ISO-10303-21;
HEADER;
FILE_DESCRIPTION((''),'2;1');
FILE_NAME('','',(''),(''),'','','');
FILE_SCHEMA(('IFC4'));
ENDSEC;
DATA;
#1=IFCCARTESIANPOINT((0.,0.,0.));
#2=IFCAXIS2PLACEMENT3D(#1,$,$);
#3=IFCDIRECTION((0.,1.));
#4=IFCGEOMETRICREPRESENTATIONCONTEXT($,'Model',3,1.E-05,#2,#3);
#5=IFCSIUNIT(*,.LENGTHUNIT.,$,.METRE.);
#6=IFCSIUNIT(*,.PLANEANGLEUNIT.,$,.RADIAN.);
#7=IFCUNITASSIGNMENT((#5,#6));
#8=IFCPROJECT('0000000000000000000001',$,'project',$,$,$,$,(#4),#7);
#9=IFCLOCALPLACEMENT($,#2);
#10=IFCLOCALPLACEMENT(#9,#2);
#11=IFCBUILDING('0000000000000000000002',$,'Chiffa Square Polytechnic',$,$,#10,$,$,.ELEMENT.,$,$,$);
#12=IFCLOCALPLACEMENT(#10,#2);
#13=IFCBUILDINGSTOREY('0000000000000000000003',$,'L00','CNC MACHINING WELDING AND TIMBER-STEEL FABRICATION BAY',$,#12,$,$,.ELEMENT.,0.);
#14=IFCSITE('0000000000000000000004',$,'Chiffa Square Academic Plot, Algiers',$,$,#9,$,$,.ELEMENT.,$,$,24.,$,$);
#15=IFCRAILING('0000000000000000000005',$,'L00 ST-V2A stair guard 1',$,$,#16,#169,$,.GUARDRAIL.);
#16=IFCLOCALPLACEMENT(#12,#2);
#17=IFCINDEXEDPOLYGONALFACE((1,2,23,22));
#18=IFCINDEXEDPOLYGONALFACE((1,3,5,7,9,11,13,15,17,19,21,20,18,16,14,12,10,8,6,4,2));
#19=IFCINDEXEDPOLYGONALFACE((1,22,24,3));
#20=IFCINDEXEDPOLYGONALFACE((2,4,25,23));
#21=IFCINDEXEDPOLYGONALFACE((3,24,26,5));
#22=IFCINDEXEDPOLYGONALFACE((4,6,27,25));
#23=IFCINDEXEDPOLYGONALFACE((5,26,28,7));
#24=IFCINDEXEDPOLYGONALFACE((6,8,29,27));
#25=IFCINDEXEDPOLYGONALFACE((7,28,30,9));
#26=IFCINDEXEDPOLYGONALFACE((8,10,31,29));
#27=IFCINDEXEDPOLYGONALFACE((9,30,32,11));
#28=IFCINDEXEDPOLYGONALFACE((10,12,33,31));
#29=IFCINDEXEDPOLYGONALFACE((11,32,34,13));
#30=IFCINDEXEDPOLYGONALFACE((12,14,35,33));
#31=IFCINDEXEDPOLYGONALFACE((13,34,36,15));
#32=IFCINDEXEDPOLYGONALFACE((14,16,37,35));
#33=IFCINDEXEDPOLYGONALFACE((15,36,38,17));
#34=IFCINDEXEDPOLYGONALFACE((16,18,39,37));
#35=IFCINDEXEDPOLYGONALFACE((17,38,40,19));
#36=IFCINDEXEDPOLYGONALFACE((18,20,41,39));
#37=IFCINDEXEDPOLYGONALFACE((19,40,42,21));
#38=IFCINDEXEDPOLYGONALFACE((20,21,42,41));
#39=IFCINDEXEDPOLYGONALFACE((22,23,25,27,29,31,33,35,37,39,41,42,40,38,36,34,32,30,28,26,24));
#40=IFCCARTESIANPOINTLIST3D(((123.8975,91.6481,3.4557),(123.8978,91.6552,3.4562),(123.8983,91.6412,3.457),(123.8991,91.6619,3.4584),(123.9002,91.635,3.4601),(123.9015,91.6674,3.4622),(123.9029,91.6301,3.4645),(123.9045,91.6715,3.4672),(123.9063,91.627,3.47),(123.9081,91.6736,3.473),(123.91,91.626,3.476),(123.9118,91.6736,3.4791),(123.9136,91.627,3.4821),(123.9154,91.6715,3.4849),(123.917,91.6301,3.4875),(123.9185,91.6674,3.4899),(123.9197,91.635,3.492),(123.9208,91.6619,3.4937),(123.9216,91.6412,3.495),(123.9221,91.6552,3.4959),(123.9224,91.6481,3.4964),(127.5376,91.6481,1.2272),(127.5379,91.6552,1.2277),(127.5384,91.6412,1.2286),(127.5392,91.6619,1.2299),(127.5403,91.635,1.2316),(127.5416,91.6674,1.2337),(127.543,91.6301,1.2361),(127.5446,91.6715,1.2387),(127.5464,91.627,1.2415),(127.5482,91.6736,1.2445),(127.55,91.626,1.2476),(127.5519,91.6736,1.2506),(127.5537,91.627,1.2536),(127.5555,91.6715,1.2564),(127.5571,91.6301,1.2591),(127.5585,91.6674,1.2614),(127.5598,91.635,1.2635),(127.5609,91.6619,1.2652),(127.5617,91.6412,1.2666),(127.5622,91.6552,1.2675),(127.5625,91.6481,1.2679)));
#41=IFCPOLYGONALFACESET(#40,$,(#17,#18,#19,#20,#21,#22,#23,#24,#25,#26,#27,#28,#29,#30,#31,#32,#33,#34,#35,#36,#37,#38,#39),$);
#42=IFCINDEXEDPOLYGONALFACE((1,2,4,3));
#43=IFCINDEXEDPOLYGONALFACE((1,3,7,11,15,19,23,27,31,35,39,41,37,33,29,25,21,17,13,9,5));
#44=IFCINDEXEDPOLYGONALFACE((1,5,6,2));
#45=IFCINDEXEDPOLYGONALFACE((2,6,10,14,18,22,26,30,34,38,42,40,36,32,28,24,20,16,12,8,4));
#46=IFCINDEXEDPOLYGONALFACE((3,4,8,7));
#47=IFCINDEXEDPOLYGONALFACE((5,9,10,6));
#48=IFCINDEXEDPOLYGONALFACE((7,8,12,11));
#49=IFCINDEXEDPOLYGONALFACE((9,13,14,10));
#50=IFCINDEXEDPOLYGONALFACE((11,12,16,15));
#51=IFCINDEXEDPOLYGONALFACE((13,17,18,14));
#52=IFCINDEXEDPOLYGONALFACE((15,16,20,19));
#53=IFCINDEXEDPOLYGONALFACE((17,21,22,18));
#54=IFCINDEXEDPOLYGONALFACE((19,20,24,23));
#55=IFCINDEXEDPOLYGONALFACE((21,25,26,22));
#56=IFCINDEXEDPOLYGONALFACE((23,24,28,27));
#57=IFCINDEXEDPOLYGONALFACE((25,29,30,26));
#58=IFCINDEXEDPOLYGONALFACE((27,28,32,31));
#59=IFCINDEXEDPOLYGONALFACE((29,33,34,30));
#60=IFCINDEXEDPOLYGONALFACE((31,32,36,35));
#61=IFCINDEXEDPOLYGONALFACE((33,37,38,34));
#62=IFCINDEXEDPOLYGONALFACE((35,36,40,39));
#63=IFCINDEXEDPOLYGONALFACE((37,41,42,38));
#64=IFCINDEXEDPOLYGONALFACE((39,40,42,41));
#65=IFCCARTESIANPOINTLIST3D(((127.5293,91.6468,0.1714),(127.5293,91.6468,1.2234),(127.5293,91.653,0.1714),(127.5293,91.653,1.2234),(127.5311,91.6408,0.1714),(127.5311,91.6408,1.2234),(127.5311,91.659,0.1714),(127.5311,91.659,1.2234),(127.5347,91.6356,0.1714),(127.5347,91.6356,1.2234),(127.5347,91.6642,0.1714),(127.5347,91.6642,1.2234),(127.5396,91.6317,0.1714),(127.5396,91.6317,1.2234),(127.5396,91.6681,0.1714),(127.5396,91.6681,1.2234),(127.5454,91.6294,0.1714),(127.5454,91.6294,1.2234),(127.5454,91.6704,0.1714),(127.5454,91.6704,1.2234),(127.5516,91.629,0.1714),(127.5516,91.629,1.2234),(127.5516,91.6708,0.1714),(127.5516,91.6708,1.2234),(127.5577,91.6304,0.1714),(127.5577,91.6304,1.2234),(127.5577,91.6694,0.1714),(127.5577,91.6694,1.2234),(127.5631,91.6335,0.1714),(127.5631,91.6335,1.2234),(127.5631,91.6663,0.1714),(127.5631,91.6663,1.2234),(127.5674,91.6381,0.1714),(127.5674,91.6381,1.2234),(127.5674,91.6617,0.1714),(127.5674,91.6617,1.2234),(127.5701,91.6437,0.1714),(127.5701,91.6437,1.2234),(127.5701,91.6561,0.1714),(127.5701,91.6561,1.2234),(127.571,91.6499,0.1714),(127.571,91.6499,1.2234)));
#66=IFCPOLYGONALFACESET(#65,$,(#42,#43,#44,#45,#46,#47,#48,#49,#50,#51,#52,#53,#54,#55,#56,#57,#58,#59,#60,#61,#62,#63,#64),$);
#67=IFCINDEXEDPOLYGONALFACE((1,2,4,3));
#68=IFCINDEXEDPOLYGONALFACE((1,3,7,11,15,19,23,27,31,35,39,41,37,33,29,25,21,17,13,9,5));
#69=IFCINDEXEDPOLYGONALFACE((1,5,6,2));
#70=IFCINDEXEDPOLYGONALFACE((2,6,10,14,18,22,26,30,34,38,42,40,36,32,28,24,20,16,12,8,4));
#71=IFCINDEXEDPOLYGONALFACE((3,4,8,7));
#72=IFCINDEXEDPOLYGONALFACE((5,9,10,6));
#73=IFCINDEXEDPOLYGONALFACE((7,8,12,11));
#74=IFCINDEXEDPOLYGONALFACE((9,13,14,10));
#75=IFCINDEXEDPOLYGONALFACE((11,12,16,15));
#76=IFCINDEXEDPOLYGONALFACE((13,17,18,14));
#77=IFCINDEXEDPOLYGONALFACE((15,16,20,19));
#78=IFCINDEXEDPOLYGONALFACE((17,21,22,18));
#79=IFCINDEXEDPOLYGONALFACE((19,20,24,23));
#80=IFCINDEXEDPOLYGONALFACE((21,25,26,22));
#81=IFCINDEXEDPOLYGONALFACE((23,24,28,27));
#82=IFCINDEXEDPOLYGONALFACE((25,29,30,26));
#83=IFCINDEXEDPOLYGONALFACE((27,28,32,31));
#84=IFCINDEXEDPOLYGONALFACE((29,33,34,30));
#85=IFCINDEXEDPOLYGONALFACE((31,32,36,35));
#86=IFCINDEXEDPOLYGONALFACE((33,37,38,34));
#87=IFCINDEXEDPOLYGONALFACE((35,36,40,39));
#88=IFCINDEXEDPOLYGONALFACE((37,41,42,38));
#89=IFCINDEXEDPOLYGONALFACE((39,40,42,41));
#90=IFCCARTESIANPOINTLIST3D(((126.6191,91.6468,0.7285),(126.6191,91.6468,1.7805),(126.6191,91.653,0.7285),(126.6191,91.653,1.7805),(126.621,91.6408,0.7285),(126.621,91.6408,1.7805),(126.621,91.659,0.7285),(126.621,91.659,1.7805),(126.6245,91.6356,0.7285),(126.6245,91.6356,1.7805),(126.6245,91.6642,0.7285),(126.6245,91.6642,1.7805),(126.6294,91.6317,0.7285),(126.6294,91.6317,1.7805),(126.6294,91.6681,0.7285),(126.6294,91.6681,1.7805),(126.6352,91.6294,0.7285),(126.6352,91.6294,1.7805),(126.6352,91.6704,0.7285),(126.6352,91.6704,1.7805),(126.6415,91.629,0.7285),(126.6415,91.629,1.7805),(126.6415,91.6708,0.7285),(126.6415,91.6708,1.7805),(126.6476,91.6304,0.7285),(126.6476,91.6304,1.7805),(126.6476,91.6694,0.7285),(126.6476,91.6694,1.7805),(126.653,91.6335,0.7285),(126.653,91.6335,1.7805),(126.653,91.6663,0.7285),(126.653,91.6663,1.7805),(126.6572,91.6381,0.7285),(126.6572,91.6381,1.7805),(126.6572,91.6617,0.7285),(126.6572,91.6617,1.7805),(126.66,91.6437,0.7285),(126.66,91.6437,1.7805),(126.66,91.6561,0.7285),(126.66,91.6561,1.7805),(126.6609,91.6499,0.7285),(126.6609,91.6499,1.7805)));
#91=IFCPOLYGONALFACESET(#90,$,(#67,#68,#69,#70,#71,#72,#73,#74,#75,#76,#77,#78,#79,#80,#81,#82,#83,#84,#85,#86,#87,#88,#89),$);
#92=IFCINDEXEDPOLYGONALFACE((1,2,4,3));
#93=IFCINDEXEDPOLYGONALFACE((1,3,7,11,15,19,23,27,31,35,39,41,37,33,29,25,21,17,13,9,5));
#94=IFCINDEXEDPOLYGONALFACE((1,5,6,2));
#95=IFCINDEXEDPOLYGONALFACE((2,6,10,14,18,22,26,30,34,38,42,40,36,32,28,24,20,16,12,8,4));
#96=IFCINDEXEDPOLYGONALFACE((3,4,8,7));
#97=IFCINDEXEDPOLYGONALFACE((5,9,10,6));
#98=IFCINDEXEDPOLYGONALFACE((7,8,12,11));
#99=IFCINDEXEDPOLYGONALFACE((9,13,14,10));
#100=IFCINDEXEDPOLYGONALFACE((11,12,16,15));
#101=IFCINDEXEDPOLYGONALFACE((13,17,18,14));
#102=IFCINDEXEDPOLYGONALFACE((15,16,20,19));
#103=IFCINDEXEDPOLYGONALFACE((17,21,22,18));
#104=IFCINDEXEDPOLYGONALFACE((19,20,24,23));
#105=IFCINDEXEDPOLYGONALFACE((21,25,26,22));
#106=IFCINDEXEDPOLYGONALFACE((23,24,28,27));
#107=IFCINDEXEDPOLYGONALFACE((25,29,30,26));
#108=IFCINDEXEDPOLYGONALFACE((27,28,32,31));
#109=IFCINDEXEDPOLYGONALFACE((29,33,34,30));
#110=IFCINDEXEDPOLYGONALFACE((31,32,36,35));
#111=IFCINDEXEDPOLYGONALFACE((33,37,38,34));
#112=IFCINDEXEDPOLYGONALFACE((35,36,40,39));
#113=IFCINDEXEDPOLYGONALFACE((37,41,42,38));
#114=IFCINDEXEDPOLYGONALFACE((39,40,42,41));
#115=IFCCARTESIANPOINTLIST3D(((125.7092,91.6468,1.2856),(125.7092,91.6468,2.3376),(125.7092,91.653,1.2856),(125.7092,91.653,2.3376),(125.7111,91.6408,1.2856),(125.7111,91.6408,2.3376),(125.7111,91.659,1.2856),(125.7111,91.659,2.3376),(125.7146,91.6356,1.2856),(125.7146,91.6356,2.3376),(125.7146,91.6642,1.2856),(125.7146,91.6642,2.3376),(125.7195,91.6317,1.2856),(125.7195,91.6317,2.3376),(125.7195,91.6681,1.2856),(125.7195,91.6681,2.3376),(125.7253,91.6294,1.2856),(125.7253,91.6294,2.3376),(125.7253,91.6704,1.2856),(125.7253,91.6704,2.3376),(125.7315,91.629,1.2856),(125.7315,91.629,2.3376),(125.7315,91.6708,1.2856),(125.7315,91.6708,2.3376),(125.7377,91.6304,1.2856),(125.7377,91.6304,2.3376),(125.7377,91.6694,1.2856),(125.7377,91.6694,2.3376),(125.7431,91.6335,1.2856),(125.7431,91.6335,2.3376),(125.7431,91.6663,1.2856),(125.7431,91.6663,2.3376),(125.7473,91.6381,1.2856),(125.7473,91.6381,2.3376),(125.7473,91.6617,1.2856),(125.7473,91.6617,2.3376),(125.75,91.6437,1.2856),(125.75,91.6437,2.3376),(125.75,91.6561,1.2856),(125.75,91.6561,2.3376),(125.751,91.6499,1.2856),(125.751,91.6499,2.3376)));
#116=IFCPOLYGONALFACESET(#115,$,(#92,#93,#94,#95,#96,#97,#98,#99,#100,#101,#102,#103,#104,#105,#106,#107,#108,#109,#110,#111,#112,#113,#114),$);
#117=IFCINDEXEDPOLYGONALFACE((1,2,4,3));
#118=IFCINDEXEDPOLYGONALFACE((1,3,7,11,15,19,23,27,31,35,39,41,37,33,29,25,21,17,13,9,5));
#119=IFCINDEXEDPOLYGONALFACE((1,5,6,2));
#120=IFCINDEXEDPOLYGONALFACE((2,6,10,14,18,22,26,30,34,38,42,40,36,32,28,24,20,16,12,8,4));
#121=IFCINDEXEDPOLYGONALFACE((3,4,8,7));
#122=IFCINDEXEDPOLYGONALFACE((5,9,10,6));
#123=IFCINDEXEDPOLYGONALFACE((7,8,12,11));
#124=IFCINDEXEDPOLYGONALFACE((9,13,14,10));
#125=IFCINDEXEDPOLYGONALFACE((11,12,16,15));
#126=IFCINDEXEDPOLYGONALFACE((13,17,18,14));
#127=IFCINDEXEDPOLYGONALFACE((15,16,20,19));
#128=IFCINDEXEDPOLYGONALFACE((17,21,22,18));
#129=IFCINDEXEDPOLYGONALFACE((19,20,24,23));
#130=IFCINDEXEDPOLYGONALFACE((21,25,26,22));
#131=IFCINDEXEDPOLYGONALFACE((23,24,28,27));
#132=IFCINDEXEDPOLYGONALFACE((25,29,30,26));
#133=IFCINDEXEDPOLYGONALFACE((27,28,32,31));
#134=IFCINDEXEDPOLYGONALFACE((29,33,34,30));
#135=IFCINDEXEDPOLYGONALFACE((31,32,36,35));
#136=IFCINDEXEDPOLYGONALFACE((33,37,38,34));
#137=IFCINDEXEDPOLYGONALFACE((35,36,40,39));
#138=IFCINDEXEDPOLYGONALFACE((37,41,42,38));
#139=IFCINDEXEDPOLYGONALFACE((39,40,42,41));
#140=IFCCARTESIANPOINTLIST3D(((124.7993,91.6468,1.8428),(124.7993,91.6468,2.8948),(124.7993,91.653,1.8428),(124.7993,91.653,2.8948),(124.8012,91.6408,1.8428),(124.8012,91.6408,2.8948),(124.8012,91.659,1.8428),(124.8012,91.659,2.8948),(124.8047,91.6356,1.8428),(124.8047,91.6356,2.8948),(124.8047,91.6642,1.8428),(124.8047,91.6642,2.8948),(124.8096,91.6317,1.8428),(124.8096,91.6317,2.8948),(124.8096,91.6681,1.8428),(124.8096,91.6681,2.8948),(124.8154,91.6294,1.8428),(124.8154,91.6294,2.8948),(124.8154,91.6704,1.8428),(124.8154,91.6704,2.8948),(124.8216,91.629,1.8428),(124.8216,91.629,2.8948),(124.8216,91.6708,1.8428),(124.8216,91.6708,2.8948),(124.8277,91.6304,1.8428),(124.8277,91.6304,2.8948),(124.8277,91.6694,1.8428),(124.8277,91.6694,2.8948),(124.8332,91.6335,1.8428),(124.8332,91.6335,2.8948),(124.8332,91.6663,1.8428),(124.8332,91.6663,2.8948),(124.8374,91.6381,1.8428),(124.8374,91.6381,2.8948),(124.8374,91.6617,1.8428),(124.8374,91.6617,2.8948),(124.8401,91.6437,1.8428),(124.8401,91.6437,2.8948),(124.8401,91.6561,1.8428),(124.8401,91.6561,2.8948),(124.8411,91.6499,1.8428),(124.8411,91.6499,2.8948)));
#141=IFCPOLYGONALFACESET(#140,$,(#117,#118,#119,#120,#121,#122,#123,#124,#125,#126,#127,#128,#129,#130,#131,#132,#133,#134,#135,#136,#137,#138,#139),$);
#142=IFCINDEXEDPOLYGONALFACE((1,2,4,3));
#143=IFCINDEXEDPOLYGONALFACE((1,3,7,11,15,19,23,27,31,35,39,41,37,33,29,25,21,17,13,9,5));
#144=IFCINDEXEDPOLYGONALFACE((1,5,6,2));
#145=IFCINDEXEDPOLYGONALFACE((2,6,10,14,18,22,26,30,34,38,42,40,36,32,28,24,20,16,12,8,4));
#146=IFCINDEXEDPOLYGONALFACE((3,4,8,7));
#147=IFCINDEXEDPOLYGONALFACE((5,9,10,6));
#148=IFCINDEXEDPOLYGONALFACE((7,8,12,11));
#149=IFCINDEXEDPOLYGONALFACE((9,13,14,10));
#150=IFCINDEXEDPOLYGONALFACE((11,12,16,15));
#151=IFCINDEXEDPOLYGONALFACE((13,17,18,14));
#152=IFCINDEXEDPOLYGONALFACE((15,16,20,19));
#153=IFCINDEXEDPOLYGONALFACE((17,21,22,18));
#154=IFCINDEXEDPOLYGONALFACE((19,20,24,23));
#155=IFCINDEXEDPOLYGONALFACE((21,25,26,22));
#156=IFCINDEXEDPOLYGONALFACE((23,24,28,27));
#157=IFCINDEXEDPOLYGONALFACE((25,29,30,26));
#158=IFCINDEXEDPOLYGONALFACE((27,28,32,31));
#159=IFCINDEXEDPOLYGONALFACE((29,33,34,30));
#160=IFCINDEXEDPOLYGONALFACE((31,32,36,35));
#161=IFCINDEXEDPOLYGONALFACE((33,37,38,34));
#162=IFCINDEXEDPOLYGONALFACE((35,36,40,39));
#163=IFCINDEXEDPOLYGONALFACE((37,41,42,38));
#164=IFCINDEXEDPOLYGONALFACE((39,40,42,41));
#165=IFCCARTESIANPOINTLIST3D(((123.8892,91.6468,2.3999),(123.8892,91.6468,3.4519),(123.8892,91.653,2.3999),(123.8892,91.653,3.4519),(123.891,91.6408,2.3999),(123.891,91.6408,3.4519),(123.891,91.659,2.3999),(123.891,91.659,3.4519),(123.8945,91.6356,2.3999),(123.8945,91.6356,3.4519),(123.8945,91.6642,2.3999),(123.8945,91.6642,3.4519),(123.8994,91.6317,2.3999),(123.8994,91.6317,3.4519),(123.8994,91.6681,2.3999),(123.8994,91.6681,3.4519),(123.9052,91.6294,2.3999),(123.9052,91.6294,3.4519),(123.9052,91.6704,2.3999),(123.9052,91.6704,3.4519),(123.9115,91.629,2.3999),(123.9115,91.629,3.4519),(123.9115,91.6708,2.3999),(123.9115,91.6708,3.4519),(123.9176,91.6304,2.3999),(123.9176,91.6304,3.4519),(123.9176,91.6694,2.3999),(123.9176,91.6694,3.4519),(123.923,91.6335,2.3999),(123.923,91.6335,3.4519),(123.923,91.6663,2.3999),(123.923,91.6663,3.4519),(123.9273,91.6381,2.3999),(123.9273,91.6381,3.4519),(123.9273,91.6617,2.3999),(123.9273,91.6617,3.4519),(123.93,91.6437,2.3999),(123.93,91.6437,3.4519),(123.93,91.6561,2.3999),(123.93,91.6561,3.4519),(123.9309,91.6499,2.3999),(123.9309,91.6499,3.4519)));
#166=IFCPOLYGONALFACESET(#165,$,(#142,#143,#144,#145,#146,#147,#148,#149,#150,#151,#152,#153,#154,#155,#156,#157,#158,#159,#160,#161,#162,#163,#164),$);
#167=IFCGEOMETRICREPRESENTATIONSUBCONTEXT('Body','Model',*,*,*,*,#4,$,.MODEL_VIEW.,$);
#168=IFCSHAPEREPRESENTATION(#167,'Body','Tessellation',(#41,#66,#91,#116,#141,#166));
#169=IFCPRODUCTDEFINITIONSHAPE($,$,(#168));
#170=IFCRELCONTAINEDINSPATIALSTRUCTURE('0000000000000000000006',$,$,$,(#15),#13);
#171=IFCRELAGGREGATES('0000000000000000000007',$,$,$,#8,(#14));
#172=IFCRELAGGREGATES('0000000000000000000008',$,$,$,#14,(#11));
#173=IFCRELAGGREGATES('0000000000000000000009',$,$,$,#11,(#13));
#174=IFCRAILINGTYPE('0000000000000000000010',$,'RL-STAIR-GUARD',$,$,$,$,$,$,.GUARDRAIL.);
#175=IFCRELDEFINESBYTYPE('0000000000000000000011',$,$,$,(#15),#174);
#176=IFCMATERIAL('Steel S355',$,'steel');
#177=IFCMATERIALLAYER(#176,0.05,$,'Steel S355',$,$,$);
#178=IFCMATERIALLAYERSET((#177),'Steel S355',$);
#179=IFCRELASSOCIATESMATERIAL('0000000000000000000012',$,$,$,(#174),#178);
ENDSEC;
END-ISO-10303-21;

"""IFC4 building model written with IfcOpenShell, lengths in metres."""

from ifc_helpers import new_model, si_unit, direction, frame, origin, origin_2d, place, context, subcontext, project, spatial, circle, extrude, material, layer, layer_set, type_object, element, save


model = new_model("IFC4")

# Units and contexts
model_context = context("Model", 3, precision=1e-05, world=origin(), true_north=direction((0.0, 1.0)))
body_context = subcontext(model_context, "Body", "Model", "MODEL_VIEW")
ifc_project = project(units=[si_unit("LENGTHUNIT", "METRE"), si_unit("PLANEANGLEUNIT", "RADIAN")], contexts=[model_context])

# Site, building, storey
site_placement = place(None, origin())
site = spatial("IfcSite", under=ifc_project, at=site_placement, Name="Chiffa Square Academic Plot, Algiers", CompositionType="ELEMENT", RefElevation=24.0)
building_placement = place(site_placement, origin())
building = spatial("IfcBuilding", under=site, at=building_placement, Name="Chiffa Square Polytechnic", CompositionType="ELEMENT")
storey_placement = place(building_placement, origin())
storey = spatial("IfcBuildingStorey", under=building, at=storey_placement, Name="L00", Description="CNC MACHINING WELDING AND TIMBER-STEEL FABRICATION BAY", CompositionType="ELEMENT", Elevation=0.0)

# Railing
ifc_material_1 = material(Name="Steel S355", Category="steel")
ifc_layer_1 = layer(ifc_material_1, 0.05, Name="Steel S355")
ifc_layer_set_1 = layer_set([ifc_layer_1], Name="Steel S355")
railing_type_1 = type_object("IfcRailingType", Name="RL-STAIR-GUARD", PredefinedType="GUARDRAIL", material=ifc_layer_set_1)
railing_1_placement = place(storey_placement, frame((127.55, 91.6499, 0.1714)))
element("IfcRailing", 1, at=railing_1_placement, inside=storey, type_object=railing_type_1, Name="L00 ST-V2A stair guard 1", PredefinedType="GUARDRAIL", context=body_context, shape_type="SweptSolid", body=[
    extrude(circle(Radius=0.0239, at=origin_2d()), frame((0.0, 0.0, 1.0762), z_axis=(-0.852866, 0.0, 0.52213), x_axis=(0.0, -1.0, 0.0)), (0.0, 0.0, 1.0), 4.2681),
    extrude(circle(Radius=0.021, at=origin_2d()), origin(), (0.0, 0.0, 1.0), 1.052),
    extrude(circle(Radius=0.021, at=origin_2d()), frame((-0.9102, 0.0, 0.5571)), (0.0, 0.0, 1.0), 1.052),
    extrude(circle(Radius=0.021, at=origin_2d()), frame((-1.8201, 0.0, 1.1143)), (0.0, 0.0, 1.0), 1.052),
    extrude(circle(Radius=0.021, at=origin_2d()), frame((-2.73, 0.0, 1.6714)), (0.0, 0.0, 1.0), 1.052),
    extrude(circle(Radius=0.021, at=origin_2d()), frame((-3.6401, 0.0, 2.2285)), (0.0, 0.0, 1.0), 1.052),
])

save(model, "model.ifc")
